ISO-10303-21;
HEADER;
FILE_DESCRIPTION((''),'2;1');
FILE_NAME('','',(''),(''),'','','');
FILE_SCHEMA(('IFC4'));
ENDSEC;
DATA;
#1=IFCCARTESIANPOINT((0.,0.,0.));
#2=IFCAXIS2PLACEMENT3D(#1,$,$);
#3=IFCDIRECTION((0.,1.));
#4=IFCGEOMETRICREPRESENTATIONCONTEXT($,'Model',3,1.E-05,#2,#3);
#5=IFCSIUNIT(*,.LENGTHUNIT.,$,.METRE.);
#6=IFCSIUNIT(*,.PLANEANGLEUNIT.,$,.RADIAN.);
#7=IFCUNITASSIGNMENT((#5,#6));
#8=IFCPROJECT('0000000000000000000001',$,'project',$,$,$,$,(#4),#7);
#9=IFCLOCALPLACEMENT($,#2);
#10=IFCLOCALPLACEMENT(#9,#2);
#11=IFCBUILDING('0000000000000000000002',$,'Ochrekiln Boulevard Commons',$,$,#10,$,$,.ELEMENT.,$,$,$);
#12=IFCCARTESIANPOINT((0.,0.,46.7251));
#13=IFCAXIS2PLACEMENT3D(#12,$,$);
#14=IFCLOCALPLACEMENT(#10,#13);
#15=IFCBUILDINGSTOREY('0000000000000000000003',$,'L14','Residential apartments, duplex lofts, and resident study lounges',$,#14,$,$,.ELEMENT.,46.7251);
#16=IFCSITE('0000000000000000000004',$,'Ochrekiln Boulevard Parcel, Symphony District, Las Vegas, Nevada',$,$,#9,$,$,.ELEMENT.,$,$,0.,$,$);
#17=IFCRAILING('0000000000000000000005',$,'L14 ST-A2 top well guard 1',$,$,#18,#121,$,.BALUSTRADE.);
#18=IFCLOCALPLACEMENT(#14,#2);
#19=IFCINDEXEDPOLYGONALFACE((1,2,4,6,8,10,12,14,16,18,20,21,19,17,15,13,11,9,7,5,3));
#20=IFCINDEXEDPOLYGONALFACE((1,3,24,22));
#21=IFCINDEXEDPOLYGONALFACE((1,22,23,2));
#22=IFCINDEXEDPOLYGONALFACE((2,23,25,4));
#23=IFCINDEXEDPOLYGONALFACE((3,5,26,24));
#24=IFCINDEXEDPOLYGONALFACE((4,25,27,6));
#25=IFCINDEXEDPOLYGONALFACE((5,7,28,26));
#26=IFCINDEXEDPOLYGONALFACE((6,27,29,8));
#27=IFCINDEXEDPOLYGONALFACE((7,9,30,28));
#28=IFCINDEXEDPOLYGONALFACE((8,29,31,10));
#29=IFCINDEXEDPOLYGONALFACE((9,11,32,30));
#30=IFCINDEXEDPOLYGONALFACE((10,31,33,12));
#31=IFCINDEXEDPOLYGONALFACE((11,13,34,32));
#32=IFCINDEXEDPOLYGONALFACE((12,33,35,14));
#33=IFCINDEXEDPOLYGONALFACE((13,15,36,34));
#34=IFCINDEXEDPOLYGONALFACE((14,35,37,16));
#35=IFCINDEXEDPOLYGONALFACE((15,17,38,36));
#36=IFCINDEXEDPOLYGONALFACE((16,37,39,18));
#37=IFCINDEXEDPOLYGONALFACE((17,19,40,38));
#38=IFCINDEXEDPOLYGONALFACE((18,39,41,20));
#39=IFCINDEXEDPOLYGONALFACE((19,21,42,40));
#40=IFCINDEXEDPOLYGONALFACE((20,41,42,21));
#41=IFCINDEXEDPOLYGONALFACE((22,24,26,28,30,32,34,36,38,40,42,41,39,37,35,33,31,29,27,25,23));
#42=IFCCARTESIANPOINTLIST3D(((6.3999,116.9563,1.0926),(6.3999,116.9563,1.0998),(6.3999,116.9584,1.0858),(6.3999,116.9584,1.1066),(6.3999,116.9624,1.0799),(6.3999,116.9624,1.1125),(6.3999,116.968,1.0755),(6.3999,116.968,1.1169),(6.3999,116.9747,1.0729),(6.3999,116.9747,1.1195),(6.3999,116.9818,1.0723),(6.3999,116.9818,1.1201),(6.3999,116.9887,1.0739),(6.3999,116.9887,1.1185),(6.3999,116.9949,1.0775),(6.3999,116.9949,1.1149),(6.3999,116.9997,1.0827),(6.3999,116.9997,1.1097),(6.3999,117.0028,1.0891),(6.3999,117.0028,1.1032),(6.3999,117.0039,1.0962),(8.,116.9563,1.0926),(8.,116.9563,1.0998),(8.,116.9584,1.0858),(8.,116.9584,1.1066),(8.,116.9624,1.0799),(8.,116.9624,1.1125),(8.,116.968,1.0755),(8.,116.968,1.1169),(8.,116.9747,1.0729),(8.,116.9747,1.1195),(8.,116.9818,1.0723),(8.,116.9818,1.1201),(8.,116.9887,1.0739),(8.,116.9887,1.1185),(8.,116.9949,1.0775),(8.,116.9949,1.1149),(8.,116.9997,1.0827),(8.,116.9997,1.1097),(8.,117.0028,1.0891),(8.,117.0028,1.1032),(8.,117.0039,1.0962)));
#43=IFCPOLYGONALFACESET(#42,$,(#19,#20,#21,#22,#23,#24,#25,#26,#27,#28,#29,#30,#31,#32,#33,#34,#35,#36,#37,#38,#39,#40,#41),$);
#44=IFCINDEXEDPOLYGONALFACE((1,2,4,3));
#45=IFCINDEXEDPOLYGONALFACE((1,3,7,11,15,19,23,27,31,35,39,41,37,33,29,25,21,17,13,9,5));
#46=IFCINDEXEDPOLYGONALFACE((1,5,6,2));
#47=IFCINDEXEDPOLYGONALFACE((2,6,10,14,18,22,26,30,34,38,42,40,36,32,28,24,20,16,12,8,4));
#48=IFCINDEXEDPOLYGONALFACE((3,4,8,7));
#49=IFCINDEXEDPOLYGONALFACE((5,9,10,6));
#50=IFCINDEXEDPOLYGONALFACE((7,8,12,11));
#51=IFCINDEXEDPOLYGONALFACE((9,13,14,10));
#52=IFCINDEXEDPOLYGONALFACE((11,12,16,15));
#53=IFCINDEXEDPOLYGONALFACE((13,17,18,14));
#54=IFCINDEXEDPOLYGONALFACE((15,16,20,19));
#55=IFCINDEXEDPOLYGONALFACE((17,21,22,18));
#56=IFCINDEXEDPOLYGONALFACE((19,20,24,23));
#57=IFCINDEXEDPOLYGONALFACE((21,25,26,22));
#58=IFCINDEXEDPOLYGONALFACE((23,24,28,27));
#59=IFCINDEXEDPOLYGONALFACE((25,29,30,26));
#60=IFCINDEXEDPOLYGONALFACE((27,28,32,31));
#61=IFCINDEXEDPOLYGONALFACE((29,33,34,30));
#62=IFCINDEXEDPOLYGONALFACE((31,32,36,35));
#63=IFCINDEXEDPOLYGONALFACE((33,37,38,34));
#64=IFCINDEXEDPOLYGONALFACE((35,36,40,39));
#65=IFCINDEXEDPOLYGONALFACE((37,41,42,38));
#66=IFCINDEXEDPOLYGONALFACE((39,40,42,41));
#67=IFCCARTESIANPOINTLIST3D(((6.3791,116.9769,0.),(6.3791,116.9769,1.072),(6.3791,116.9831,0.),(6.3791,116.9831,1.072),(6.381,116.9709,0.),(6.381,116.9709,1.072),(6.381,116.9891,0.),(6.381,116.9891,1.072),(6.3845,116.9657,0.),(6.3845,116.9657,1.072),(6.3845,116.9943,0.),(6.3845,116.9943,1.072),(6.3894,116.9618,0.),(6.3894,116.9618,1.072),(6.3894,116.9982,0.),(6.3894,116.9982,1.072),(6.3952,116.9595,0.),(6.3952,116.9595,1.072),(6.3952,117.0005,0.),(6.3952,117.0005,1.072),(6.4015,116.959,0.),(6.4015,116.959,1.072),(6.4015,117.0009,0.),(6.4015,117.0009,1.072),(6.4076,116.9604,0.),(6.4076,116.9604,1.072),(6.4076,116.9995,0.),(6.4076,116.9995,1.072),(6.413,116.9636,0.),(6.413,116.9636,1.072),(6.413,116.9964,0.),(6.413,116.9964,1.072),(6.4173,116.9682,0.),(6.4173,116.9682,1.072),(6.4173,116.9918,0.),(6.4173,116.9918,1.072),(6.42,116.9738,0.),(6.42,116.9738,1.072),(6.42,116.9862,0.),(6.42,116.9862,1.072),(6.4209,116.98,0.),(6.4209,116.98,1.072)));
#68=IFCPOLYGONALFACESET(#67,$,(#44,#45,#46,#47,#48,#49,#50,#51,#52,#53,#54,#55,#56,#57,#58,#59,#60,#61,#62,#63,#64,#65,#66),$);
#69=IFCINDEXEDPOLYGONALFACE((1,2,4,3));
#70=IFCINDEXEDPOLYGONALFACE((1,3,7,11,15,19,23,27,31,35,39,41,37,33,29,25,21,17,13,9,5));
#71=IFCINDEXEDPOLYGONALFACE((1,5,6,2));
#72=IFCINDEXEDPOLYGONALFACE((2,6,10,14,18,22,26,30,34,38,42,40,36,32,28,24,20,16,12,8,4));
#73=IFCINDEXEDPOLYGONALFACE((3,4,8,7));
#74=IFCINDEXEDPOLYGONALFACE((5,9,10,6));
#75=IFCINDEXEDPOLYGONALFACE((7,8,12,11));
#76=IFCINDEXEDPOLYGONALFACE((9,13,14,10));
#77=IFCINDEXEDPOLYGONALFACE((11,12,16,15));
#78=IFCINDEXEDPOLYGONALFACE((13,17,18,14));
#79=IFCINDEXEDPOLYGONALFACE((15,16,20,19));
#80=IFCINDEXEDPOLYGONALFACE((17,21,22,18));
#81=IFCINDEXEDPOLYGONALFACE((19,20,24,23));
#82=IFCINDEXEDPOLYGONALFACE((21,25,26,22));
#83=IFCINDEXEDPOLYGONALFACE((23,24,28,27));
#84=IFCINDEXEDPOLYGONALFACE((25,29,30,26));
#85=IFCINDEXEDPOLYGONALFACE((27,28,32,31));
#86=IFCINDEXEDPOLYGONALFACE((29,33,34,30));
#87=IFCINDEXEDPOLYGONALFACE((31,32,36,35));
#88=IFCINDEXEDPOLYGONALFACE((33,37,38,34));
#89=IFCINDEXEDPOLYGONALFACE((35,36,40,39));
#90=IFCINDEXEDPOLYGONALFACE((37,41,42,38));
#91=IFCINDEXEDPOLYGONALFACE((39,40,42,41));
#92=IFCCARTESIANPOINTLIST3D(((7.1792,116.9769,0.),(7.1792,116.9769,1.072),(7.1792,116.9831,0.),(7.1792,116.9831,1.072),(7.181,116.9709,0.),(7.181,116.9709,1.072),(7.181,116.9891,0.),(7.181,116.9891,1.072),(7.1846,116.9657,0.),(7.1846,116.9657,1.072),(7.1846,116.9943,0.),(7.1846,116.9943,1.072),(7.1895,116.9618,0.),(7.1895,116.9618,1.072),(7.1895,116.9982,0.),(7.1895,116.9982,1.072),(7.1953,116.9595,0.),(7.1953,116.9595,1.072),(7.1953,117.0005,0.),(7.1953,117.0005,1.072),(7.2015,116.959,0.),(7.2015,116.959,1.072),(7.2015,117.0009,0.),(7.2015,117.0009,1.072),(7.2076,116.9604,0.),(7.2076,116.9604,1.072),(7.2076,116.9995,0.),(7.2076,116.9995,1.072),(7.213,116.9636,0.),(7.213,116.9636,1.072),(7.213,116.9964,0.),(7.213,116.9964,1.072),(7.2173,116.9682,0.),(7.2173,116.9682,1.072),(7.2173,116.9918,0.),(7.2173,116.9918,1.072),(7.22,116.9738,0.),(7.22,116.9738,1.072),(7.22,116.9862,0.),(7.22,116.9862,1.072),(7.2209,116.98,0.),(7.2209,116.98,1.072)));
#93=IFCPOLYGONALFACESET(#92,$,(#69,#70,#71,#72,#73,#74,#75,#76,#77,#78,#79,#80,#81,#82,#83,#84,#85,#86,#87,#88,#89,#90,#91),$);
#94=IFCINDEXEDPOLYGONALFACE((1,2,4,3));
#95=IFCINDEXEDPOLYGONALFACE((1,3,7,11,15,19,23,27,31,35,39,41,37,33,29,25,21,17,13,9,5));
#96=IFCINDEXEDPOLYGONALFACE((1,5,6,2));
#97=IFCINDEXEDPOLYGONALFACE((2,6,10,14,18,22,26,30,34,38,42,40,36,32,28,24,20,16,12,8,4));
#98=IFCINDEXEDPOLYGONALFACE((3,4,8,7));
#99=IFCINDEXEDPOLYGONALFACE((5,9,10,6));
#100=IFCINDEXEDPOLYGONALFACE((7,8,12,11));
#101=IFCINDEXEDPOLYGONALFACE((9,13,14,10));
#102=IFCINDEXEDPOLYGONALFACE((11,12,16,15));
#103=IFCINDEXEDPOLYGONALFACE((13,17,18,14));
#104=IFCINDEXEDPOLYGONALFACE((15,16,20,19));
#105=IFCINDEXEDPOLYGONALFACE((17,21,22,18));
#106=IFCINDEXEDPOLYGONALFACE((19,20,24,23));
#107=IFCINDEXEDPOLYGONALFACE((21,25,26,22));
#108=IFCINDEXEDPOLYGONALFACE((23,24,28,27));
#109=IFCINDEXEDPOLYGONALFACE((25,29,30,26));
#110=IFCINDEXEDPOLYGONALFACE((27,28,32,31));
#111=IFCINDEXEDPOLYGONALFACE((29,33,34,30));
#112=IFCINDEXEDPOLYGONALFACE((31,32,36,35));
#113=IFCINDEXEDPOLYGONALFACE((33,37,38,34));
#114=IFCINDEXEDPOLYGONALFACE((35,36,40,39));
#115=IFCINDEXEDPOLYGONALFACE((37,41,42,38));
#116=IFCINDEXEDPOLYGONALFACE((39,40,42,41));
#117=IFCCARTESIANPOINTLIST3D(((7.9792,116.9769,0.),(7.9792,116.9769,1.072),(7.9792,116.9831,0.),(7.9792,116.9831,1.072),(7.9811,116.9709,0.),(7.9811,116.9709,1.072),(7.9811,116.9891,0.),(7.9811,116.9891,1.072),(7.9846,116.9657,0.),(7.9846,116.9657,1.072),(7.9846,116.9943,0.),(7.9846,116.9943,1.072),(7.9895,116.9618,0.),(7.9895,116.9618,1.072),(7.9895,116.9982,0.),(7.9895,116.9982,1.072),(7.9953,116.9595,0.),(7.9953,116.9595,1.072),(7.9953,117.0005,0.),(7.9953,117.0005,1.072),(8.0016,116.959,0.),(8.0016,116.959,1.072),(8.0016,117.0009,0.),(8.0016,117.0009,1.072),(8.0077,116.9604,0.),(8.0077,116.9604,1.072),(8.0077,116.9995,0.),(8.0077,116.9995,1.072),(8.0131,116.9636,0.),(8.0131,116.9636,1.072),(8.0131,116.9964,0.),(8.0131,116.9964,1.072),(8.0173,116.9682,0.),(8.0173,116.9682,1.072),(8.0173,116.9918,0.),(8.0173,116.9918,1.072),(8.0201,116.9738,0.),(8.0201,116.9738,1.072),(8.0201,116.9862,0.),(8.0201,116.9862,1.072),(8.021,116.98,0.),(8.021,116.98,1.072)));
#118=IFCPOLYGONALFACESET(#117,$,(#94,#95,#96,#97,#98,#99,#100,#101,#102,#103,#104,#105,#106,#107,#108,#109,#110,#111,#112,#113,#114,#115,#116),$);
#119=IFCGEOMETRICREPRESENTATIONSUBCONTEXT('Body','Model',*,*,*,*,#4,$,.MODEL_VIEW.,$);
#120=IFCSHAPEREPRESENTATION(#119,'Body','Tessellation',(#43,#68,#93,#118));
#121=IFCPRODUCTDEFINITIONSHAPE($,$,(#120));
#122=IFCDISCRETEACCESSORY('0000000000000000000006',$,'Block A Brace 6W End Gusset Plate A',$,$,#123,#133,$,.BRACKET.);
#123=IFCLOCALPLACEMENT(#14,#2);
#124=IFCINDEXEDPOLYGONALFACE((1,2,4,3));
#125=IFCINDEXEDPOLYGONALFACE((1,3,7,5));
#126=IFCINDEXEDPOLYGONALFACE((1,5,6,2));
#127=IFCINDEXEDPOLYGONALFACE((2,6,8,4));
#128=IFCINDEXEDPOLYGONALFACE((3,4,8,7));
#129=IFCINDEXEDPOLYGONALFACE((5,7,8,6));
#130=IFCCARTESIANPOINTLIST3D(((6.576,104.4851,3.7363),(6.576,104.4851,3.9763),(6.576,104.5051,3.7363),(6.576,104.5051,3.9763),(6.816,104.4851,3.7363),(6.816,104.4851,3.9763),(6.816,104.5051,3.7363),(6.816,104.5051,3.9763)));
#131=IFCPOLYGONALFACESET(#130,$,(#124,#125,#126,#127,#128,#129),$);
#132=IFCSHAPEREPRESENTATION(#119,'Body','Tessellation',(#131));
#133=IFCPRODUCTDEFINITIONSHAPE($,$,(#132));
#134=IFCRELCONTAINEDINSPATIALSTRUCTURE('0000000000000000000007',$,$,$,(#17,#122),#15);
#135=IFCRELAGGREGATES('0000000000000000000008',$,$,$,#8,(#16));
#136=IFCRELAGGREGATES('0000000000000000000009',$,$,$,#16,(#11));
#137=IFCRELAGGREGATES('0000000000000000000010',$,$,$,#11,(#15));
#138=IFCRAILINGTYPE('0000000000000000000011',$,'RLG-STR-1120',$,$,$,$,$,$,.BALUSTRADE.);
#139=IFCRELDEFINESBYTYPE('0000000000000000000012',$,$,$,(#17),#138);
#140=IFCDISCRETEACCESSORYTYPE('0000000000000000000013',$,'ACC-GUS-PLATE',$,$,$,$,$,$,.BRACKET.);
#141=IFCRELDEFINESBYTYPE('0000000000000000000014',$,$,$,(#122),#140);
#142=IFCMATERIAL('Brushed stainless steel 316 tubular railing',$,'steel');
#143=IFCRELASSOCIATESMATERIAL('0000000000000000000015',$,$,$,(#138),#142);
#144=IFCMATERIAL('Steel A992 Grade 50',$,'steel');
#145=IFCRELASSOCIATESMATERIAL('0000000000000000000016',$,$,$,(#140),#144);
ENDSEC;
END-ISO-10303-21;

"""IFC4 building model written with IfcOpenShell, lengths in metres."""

from ifc_helpers import new_model, si_unit, direction, frame, origin, origin_2d, place, context, subcontext, project, spatial, rectangle, circle, extrude, material, type_object, element, save


model = new_model("IFC4")

# Units and contexts
model_context = context("Model", 3, precision=1e-05, world=origin(), true_north=direction((0.0, 1.0)))
body_context = subcontext(model_context, "Body", "Model", "MODEL_VIEW")
ifc_project = project(units=[si_unit("LENGTHUNIT", "METRE"), si_unit("PLANEANGLEUNIT", "RADIAN")], contexts=[model_context])

# Site, building, storey
site_placement = place(None, origin())
site = spatial("IfcSite", under=ifc_project, at=site_placement, Name="Ochrekiln Boulevard Parcel, Symphony District, Las Vegas, Nevada", CompositionType="ELEMENT", RefElevation=0.0)
building_placement = place(site_placement, origin())
building = spatial("IfcBuilding", under=site, at=building_placement, Name="Ochrekiln Boulevard Commons", CompositionType="ELEMENT")
storey_placement = place(building_placement, frame((0.0, 0.0, 46.7251)))
storey = spatial("IfcBuildingStorey", under=building, at=storey_placement, Name="L14", Description="Residential apartments, duplex lofts, and resident study lounges", CompositionType="ELEMENT", Elevation=46.7251)

# Railing
ifc_material_1 = material(Name="Brushed stainless steel 316 tubular railing", Category="steel")
railing_type = type_object("IfcRailingType", Name="RLG-STR-1120", PredefinedType="BALUSTRADE", material=ifc_material_1)
railing_placement = place(storey_placement, frame((6.3999, 116.98, 0.0)))
element("IfcRailing", 1, at=railing_placement, inside=storey, type_object=railing_type, Name="L14 ST-A2 top well guard 1", PredefinedType="BALUSTRADE", context=body_context, shape_type="SweptSolid", body=[
    extrude(circle(Radius=0.0239, at=origin_2d()), frame((0.0, 0.0, 1.0962), z_axis=(1.0, 0.0, 0.0), x_axis=(0.0, 1.0, 0.0)), (0.0, 0.0, 1.0), 1.6001),
    extrude(circle(Radius=0.021, at=origin_2d()), origin(), (0.0, 0.0, 1.0), 1.072),
    extrude(circle(Radius=0.021, at=origin_2d()), frame((0.8, 0.0, 0.0)), (0.0, 0.0, 1.0), 1.072),
    extrude(circle(Radius=0.021, at=origin_2d()), frame((1.6001, 0.0, 0.0)), (0.0, 0.0, 1.0), 1.072),
])

# Discrete accessory
ifc_material_2 = material(Name="Steel A992 Grade 50", Category="steel")
discrete_accessory_type = type_object("IfcDiscreteAccessoryType", Name="ACC-GUS-PLATE", PredefinedType="BRACKET", material=ifc_material_2)
discrete_accessory_placement = place(storey_placement, frame((6.696, 104.4951, 3.7363), z_axis=(0.0, 0.0, 1.0), x_axis=(1.0, 0.0, 0.0)))
element("IfcDiscreteAccessory", 2, at=discrete_accessory_placement, inside=storey, type_object=discrete_accessory_type, Name="Block A Brace 6W End Gusset Plate A", PredefinedType="BRACKET", context=body_context, shape_type="SweptSolid", body=[
    extrude(rectangle(XDim=0.24, YDim=0.02, at=origin_2d()), origin(), (0.0, 0.0, 1.0), 0.24),
])

save(model, "model.ifc")
